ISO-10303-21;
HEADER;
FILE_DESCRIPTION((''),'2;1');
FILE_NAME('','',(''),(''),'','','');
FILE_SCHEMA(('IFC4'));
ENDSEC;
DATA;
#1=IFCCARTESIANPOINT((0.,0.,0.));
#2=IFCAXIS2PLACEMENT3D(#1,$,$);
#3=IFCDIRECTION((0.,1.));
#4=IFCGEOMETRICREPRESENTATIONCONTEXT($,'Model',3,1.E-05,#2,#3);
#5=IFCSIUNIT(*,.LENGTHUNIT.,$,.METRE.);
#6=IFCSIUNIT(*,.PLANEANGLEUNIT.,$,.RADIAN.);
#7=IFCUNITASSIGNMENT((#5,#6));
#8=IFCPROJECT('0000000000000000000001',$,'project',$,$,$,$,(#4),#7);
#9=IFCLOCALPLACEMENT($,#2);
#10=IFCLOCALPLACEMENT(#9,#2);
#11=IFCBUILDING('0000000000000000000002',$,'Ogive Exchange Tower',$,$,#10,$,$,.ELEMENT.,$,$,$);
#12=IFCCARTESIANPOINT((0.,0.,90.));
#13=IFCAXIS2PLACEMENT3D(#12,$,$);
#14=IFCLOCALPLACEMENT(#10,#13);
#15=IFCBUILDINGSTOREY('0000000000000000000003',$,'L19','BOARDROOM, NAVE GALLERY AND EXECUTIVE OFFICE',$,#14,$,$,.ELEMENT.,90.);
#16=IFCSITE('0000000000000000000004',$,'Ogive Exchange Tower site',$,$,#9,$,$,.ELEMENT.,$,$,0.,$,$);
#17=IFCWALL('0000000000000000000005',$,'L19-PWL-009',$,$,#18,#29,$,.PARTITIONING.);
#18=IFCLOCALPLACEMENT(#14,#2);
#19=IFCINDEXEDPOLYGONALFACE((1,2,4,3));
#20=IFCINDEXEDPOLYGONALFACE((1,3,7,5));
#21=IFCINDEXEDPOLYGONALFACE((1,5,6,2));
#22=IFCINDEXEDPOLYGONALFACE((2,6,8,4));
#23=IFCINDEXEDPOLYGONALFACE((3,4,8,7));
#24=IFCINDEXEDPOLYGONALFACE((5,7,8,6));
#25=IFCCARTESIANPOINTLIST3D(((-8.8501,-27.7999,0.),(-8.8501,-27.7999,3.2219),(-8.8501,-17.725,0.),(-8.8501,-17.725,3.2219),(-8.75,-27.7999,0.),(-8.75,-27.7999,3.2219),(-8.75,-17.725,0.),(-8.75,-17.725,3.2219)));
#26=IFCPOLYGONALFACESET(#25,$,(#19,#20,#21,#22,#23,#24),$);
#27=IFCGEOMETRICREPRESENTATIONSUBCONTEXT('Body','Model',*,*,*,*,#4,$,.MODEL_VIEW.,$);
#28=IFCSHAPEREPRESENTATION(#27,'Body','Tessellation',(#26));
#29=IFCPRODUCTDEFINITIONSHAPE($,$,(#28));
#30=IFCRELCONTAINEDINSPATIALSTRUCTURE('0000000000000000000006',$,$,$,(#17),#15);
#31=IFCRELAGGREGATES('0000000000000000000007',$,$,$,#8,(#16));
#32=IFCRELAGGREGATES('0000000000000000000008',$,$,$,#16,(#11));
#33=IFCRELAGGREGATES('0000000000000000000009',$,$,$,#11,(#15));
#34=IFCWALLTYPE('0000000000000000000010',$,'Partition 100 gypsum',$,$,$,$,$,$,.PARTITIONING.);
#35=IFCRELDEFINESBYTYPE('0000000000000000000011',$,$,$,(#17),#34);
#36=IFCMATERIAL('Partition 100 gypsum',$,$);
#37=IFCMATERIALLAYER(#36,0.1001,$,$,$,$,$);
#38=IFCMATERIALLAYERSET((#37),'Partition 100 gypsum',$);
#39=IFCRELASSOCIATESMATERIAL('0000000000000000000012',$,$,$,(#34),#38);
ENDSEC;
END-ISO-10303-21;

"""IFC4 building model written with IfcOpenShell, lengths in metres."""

from ifc_helpers import new_model, si_unit, direction, frame, frame_2d, origin, place, context, subcontext, project, spatial, rectangle, extrude, material, layer, layer_set, type_object, element, save


model = new_model("IFC4")

# Units and contexts
model_context = context("Model", 3, precision=1e-05, world=origin(), true_north=direction((0.0, 1.0)))
body_context = subcontext(model_context, "Body", "Model", "MODEL_VIEW")
ifc_project = project(units=[si_unit("LENGTHUNIT", "METRE"), si_unit("PLANEANGLEUNIT", "RADIAN")], contexts=[model_context])

# Site, building, storey
site_placement = place(None, origin())
site = spatial("IfcSite", under=ifc_project, at=site_placement, Name="Ogive Exchange Tower site", CompositionType="ELEMENT", RefElevation=0.0)
building_placement = place(site_placement, origin())
building = spatial("IfcBuilding", under=site, at=building_placement, Name="Ogive Exchange Tower", CompositionType="ELEMENT")
storey_placement = place(building_placement, frame((0.0, 0.0, 90.0)))
storey = spatial("IfcBuildingStorey", under=building, at=storey_placement, Name="L19", Description="BOARDROOM, NAVE GALLERY AND EXECUTIVE OFFICE", CompositionType="ELEMENT", Elevation=90.0)

# Wall
ifc_material_1 = material(Name="Partition 100 gypsum")
ifc_layer_1 = layer(ifc_material_1, 0.1001)
ifc_layer_set_1 = layer_set([ifc_layer_1], Name="Partition 100 gypsum")
wall_type_1 = type_object("IfcWallType", Name="Partition 100 gypsum", PredefinedType="PARTITIONING", material=ifc_layer_set_1)
wall_1_placement = place(storey_placement, frame((-8.8, -27.8, 0.0), z_axis=(0.0, 0.0, 1.0), x_axis=(0.0, 1.0, 0.0)))
element("IfcWall", 1, at=wall_1_placement, inside=storey, type_object=wall_type_1, Name="L19-PWL-009", PredefinedType="PARTITIONING", context=body_context, shape_type="SweptSolid", body=[
    extrude(rectangle(XDim=10.075, YDim=0.1001, at=frame_2d((5.0376, 0.0))), origin(), (0.0, 0.0, 1.0), 3.2219),
])

save(model, "model.ifc")
